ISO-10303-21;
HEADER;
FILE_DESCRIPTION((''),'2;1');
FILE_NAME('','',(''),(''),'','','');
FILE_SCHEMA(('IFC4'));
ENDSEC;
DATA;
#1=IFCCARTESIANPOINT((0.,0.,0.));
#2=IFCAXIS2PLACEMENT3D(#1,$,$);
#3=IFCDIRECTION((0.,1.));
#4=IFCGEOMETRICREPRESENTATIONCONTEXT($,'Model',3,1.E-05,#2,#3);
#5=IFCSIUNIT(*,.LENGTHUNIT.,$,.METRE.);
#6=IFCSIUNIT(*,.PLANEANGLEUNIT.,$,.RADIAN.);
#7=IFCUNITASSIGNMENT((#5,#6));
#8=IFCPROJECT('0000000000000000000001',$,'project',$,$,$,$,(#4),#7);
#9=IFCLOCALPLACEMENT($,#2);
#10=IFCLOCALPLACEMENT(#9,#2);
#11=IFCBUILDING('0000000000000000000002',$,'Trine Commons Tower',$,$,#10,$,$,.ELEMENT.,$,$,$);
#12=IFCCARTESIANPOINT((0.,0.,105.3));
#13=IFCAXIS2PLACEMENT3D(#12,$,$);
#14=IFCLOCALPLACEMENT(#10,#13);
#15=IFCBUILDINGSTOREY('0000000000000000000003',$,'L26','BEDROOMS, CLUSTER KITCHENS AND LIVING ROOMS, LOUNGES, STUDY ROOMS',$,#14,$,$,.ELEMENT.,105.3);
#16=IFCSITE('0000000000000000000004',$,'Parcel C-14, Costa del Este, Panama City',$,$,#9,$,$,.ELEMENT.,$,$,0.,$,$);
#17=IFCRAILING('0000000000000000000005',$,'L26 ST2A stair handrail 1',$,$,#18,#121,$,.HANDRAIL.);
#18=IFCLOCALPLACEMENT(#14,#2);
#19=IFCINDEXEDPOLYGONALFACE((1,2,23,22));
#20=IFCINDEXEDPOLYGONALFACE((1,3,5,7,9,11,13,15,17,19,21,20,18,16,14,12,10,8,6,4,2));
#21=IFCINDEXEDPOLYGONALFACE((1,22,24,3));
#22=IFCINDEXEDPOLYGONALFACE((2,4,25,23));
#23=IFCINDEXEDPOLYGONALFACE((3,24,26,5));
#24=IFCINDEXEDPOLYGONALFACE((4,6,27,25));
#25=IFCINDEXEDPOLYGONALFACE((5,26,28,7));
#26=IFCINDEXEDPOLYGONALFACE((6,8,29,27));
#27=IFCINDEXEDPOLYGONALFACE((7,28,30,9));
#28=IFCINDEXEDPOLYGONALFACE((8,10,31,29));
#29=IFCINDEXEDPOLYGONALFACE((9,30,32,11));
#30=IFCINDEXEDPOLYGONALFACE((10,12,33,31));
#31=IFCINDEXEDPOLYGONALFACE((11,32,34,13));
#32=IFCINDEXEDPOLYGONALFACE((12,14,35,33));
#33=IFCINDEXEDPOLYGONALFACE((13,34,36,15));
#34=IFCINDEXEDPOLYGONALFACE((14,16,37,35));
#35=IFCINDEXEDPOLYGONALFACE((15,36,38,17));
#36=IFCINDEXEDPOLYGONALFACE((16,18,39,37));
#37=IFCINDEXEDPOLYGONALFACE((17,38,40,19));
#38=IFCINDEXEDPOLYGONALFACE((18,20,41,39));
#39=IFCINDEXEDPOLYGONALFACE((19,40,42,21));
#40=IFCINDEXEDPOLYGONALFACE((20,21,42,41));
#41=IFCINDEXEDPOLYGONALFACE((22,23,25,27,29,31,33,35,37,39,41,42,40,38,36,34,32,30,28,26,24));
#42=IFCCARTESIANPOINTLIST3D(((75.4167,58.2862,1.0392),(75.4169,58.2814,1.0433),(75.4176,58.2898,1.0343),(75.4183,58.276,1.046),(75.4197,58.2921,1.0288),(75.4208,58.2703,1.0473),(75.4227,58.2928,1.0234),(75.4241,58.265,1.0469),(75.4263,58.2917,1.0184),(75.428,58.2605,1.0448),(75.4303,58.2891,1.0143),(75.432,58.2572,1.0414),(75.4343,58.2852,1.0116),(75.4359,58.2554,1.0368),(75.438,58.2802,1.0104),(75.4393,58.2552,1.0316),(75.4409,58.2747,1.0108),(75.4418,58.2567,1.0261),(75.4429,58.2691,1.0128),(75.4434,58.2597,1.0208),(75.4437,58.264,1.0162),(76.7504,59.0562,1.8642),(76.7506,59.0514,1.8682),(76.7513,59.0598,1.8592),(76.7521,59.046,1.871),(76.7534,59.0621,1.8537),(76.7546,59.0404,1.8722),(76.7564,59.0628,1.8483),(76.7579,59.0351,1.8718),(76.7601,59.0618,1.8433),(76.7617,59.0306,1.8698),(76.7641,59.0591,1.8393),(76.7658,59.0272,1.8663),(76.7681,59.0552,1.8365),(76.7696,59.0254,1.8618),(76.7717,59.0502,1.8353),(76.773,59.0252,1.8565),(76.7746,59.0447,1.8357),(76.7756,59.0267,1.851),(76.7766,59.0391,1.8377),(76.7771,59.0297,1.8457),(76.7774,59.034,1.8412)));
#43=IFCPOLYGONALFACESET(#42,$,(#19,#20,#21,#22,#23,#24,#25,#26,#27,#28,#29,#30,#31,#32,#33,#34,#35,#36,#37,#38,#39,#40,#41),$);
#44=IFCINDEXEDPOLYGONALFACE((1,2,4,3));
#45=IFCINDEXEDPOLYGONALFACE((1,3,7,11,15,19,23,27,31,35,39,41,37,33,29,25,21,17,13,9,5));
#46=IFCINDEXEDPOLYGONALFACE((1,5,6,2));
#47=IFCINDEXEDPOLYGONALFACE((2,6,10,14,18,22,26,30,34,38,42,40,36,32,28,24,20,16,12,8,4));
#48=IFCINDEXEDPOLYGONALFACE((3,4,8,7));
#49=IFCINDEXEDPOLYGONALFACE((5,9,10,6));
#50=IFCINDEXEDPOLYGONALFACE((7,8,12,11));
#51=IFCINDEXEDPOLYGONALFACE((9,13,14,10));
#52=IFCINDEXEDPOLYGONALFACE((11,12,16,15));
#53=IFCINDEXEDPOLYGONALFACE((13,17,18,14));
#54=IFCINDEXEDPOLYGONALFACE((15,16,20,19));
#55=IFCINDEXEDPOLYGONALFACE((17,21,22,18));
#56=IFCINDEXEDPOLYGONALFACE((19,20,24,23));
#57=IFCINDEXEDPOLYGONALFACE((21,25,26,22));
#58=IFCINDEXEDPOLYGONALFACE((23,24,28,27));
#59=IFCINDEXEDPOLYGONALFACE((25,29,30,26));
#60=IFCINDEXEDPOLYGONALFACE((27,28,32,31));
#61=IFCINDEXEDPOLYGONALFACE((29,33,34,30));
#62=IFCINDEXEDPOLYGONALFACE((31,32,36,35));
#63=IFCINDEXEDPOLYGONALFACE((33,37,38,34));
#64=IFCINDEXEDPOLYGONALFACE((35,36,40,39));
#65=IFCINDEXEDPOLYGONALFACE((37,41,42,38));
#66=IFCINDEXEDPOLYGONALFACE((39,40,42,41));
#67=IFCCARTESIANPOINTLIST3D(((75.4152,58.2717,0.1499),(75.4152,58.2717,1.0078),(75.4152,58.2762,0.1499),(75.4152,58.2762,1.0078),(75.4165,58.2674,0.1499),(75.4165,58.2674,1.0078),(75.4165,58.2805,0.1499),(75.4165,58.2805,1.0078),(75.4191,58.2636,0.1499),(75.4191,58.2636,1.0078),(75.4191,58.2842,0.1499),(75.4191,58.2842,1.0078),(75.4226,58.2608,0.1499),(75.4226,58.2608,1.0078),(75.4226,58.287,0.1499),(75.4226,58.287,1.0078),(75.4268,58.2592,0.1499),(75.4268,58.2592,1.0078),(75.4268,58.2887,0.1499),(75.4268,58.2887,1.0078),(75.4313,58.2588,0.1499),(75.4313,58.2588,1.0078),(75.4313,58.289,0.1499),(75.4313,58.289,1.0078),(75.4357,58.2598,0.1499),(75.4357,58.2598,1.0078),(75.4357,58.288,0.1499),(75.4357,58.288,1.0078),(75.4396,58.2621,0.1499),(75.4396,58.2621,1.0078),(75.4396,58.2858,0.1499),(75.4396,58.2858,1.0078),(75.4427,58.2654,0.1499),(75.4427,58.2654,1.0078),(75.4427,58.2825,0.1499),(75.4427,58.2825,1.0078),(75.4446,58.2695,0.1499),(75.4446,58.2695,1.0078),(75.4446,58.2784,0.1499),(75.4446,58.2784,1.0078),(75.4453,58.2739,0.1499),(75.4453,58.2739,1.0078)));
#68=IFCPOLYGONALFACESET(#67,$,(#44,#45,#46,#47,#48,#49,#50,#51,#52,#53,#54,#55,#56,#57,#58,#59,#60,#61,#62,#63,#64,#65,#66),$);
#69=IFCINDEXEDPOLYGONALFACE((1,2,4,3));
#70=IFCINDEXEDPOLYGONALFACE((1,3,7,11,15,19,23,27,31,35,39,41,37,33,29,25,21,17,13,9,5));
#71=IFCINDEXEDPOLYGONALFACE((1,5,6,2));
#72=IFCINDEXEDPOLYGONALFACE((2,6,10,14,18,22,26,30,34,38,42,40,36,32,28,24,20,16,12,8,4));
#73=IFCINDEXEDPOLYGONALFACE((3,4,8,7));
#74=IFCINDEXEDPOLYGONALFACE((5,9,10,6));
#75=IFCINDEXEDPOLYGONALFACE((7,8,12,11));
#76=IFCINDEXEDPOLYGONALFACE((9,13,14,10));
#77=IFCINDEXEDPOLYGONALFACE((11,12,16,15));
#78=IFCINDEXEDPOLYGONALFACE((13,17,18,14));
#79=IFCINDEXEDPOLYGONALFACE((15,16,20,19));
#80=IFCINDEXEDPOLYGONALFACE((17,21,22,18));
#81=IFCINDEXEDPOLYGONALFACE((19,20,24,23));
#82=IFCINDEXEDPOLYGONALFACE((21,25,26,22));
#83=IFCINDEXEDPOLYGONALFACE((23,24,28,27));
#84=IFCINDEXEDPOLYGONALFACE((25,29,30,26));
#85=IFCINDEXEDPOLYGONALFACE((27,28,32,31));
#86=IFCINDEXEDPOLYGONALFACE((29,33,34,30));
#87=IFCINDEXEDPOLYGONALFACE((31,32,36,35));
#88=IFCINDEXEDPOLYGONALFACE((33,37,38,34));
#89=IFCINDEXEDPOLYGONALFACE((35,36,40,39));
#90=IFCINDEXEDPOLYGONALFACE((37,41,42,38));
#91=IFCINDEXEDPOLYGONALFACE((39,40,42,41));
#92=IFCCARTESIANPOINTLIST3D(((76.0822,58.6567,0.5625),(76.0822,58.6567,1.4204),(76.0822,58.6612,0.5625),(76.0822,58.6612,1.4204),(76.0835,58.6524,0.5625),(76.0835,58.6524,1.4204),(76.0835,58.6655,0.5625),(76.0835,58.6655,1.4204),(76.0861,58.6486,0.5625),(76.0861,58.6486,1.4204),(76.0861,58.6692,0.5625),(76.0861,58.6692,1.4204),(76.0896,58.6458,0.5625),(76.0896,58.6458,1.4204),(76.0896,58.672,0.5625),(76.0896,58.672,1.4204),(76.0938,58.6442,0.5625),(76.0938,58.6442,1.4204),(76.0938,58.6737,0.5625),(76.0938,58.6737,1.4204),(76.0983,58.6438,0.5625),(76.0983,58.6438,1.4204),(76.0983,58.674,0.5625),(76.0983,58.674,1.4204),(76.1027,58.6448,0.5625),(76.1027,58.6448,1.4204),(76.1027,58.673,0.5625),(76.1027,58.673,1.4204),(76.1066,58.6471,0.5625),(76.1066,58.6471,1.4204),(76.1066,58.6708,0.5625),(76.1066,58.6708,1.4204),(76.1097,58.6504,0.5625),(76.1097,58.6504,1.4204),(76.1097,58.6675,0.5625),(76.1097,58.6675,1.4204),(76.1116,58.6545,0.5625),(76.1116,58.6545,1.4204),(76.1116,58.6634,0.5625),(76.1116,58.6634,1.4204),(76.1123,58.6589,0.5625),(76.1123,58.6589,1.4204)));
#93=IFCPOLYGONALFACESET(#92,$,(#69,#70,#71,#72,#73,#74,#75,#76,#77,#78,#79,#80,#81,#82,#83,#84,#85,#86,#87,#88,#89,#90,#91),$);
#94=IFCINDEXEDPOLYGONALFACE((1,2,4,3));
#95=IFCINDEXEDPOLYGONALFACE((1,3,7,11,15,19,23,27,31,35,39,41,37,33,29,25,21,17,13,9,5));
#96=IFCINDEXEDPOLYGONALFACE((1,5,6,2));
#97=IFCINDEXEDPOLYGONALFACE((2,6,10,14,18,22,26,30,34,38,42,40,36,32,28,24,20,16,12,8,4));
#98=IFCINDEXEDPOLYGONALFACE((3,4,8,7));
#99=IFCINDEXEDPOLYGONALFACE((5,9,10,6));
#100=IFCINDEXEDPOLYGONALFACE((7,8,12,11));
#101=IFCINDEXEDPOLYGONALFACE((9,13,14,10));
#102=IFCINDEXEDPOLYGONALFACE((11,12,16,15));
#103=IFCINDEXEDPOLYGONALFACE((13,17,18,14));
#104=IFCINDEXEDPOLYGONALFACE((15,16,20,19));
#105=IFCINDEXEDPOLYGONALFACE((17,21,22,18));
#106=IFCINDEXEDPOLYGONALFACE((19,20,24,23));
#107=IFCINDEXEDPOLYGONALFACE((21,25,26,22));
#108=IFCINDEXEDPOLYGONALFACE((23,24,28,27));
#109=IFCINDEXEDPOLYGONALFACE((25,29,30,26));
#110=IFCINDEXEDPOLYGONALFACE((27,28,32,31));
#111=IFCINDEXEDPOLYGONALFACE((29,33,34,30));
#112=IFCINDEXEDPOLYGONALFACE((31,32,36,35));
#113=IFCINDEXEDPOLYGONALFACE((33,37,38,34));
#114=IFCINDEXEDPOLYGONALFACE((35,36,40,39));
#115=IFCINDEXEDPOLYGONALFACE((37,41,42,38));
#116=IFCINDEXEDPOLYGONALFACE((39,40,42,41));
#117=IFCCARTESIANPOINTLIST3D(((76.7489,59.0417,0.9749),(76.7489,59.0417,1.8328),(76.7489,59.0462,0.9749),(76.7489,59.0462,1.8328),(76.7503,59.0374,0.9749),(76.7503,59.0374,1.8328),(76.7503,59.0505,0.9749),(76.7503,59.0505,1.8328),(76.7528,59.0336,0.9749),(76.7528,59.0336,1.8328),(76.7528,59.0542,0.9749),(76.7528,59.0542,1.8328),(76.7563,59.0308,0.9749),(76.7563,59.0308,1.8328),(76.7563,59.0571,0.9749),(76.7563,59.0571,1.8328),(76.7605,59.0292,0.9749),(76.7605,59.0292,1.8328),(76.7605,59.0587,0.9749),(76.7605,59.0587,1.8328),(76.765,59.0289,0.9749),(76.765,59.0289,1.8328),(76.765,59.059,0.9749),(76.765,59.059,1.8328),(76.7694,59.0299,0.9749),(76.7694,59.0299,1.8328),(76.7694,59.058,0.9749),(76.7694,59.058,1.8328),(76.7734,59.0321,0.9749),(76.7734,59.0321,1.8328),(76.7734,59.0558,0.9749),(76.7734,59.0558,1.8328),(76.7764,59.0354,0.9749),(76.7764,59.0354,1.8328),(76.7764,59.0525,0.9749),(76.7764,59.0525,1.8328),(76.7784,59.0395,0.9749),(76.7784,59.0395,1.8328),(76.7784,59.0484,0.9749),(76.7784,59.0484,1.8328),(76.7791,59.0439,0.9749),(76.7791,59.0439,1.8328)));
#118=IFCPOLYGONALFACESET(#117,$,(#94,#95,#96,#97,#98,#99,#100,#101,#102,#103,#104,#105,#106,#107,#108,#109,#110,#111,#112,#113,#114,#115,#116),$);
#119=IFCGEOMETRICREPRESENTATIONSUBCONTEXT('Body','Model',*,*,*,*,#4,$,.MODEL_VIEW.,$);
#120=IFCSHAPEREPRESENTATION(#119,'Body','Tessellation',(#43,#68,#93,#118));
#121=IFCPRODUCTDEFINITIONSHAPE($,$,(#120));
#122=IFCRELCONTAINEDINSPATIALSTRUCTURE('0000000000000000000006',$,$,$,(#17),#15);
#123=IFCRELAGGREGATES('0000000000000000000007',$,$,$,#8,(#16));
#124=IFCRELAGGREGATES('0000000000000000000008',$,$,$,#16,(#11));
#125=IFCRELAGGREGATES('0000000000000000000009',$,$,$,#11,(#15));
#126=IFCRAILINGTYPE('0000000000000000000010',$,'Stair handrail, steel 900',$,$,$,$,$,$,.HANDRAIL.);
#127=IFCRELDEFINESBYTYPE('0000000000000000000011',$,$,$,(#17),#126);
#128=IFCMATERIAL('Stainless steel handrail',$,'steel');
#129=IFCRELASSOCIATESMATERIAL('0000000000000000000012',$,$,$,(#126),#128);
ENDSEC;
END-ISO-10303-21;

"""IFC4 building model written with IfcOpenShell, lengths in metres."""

from ifc_helpers import new_model, si_unit, direction, frame, origin, origin_2d, place, context, subcontext, project, spatial, circle, extrude, material, type_object, element, save


model = new_model("IFC4")

# Units and contexts
model_context = context("Model", 3, precision=1e-05, world=origin(), true_north=direction((0.0, 1.0)))
body_context = subcontext(model_context, "Body", "Model", "MODEL_VIEW")
ifc_project = project(units=[si_unit("LENGTHUNIT", "METRE"), si_unit("PLANEANGLEUNIT", "RADIAN")], contexts=[model_context])

# Site, building, storey
site_placement = place(None, origin())
site = spatial("IfcSite", under=ifc_project, at=site_placement, Name="Parcel C-14, Costa del Este, Panama City", CompositionType="ELEMENT", RefElevation=0.0)
building_placement = place(site_placement, origin())
building = spatial("IfcBuilding", under=site, at=building_placement, Name="Trine Commons Tower", CompositionType="ELEMENT")
storey_placement = place(building_placement, frame((0.0, 0.0, 105.3)))
storey = spatial("IfcBuildingStorey", under=building, at=storey_placement, Name="L26", Description="BEDROOMS, CLUSTER KITCHENS AND LIVING ROOMS, LOUNGES, STUDY ROOMS", CompositionType="ELEMENT", Elevation=105.3)

# Railing
ifc_material_1 = material(Name="Stainless steel handrail", Category="steel")
railing_type_1 = type_object("IfcRailingType", Name="Stair handrail, steel 900", PredefinedType="HANDRAIL", material=ifc_material_1)
railing_1_placement = place(storey_placement, frame((75.4302, 58.2739, 0.1499)))
element("IfcRailing", 1, at=railing_1_placement, inside=storey, type_object=railing_type_1, Name="L26 ST2A stair handrail 1", PredefinedType="HANDRAIL", context=body_context, shape_type="SweptSolid", body=[
    extrude(circle(Radius=0.021, at=origin_2d()), frame((0.0, 0.0, 0.8789), z_axis=(0.763405, 0.440743, 0.472185), x_axis=(-0.499992, 0.86603, 0.0)), (0.0, 0.0, 1.0), 1.7471),
    extrude(circle(Radius=0.0151, at=origin_2d()), origin(), (0.0, 0.0, 1.0), 0.8579),
    extrude(circle(Radius=0.0151, at=origin_2d()), frame((0.667, 0.385, 0.4126)), (0.0, 0.0, 1.0), 0.8579),
    extrude(circle(Radius=0.0151, at=origin_2d()), frame((1.3337, 0.77, 0.825)), (0.0, 0.0, 1.0), 0.8579),
])

save(model, "model.ifc")
